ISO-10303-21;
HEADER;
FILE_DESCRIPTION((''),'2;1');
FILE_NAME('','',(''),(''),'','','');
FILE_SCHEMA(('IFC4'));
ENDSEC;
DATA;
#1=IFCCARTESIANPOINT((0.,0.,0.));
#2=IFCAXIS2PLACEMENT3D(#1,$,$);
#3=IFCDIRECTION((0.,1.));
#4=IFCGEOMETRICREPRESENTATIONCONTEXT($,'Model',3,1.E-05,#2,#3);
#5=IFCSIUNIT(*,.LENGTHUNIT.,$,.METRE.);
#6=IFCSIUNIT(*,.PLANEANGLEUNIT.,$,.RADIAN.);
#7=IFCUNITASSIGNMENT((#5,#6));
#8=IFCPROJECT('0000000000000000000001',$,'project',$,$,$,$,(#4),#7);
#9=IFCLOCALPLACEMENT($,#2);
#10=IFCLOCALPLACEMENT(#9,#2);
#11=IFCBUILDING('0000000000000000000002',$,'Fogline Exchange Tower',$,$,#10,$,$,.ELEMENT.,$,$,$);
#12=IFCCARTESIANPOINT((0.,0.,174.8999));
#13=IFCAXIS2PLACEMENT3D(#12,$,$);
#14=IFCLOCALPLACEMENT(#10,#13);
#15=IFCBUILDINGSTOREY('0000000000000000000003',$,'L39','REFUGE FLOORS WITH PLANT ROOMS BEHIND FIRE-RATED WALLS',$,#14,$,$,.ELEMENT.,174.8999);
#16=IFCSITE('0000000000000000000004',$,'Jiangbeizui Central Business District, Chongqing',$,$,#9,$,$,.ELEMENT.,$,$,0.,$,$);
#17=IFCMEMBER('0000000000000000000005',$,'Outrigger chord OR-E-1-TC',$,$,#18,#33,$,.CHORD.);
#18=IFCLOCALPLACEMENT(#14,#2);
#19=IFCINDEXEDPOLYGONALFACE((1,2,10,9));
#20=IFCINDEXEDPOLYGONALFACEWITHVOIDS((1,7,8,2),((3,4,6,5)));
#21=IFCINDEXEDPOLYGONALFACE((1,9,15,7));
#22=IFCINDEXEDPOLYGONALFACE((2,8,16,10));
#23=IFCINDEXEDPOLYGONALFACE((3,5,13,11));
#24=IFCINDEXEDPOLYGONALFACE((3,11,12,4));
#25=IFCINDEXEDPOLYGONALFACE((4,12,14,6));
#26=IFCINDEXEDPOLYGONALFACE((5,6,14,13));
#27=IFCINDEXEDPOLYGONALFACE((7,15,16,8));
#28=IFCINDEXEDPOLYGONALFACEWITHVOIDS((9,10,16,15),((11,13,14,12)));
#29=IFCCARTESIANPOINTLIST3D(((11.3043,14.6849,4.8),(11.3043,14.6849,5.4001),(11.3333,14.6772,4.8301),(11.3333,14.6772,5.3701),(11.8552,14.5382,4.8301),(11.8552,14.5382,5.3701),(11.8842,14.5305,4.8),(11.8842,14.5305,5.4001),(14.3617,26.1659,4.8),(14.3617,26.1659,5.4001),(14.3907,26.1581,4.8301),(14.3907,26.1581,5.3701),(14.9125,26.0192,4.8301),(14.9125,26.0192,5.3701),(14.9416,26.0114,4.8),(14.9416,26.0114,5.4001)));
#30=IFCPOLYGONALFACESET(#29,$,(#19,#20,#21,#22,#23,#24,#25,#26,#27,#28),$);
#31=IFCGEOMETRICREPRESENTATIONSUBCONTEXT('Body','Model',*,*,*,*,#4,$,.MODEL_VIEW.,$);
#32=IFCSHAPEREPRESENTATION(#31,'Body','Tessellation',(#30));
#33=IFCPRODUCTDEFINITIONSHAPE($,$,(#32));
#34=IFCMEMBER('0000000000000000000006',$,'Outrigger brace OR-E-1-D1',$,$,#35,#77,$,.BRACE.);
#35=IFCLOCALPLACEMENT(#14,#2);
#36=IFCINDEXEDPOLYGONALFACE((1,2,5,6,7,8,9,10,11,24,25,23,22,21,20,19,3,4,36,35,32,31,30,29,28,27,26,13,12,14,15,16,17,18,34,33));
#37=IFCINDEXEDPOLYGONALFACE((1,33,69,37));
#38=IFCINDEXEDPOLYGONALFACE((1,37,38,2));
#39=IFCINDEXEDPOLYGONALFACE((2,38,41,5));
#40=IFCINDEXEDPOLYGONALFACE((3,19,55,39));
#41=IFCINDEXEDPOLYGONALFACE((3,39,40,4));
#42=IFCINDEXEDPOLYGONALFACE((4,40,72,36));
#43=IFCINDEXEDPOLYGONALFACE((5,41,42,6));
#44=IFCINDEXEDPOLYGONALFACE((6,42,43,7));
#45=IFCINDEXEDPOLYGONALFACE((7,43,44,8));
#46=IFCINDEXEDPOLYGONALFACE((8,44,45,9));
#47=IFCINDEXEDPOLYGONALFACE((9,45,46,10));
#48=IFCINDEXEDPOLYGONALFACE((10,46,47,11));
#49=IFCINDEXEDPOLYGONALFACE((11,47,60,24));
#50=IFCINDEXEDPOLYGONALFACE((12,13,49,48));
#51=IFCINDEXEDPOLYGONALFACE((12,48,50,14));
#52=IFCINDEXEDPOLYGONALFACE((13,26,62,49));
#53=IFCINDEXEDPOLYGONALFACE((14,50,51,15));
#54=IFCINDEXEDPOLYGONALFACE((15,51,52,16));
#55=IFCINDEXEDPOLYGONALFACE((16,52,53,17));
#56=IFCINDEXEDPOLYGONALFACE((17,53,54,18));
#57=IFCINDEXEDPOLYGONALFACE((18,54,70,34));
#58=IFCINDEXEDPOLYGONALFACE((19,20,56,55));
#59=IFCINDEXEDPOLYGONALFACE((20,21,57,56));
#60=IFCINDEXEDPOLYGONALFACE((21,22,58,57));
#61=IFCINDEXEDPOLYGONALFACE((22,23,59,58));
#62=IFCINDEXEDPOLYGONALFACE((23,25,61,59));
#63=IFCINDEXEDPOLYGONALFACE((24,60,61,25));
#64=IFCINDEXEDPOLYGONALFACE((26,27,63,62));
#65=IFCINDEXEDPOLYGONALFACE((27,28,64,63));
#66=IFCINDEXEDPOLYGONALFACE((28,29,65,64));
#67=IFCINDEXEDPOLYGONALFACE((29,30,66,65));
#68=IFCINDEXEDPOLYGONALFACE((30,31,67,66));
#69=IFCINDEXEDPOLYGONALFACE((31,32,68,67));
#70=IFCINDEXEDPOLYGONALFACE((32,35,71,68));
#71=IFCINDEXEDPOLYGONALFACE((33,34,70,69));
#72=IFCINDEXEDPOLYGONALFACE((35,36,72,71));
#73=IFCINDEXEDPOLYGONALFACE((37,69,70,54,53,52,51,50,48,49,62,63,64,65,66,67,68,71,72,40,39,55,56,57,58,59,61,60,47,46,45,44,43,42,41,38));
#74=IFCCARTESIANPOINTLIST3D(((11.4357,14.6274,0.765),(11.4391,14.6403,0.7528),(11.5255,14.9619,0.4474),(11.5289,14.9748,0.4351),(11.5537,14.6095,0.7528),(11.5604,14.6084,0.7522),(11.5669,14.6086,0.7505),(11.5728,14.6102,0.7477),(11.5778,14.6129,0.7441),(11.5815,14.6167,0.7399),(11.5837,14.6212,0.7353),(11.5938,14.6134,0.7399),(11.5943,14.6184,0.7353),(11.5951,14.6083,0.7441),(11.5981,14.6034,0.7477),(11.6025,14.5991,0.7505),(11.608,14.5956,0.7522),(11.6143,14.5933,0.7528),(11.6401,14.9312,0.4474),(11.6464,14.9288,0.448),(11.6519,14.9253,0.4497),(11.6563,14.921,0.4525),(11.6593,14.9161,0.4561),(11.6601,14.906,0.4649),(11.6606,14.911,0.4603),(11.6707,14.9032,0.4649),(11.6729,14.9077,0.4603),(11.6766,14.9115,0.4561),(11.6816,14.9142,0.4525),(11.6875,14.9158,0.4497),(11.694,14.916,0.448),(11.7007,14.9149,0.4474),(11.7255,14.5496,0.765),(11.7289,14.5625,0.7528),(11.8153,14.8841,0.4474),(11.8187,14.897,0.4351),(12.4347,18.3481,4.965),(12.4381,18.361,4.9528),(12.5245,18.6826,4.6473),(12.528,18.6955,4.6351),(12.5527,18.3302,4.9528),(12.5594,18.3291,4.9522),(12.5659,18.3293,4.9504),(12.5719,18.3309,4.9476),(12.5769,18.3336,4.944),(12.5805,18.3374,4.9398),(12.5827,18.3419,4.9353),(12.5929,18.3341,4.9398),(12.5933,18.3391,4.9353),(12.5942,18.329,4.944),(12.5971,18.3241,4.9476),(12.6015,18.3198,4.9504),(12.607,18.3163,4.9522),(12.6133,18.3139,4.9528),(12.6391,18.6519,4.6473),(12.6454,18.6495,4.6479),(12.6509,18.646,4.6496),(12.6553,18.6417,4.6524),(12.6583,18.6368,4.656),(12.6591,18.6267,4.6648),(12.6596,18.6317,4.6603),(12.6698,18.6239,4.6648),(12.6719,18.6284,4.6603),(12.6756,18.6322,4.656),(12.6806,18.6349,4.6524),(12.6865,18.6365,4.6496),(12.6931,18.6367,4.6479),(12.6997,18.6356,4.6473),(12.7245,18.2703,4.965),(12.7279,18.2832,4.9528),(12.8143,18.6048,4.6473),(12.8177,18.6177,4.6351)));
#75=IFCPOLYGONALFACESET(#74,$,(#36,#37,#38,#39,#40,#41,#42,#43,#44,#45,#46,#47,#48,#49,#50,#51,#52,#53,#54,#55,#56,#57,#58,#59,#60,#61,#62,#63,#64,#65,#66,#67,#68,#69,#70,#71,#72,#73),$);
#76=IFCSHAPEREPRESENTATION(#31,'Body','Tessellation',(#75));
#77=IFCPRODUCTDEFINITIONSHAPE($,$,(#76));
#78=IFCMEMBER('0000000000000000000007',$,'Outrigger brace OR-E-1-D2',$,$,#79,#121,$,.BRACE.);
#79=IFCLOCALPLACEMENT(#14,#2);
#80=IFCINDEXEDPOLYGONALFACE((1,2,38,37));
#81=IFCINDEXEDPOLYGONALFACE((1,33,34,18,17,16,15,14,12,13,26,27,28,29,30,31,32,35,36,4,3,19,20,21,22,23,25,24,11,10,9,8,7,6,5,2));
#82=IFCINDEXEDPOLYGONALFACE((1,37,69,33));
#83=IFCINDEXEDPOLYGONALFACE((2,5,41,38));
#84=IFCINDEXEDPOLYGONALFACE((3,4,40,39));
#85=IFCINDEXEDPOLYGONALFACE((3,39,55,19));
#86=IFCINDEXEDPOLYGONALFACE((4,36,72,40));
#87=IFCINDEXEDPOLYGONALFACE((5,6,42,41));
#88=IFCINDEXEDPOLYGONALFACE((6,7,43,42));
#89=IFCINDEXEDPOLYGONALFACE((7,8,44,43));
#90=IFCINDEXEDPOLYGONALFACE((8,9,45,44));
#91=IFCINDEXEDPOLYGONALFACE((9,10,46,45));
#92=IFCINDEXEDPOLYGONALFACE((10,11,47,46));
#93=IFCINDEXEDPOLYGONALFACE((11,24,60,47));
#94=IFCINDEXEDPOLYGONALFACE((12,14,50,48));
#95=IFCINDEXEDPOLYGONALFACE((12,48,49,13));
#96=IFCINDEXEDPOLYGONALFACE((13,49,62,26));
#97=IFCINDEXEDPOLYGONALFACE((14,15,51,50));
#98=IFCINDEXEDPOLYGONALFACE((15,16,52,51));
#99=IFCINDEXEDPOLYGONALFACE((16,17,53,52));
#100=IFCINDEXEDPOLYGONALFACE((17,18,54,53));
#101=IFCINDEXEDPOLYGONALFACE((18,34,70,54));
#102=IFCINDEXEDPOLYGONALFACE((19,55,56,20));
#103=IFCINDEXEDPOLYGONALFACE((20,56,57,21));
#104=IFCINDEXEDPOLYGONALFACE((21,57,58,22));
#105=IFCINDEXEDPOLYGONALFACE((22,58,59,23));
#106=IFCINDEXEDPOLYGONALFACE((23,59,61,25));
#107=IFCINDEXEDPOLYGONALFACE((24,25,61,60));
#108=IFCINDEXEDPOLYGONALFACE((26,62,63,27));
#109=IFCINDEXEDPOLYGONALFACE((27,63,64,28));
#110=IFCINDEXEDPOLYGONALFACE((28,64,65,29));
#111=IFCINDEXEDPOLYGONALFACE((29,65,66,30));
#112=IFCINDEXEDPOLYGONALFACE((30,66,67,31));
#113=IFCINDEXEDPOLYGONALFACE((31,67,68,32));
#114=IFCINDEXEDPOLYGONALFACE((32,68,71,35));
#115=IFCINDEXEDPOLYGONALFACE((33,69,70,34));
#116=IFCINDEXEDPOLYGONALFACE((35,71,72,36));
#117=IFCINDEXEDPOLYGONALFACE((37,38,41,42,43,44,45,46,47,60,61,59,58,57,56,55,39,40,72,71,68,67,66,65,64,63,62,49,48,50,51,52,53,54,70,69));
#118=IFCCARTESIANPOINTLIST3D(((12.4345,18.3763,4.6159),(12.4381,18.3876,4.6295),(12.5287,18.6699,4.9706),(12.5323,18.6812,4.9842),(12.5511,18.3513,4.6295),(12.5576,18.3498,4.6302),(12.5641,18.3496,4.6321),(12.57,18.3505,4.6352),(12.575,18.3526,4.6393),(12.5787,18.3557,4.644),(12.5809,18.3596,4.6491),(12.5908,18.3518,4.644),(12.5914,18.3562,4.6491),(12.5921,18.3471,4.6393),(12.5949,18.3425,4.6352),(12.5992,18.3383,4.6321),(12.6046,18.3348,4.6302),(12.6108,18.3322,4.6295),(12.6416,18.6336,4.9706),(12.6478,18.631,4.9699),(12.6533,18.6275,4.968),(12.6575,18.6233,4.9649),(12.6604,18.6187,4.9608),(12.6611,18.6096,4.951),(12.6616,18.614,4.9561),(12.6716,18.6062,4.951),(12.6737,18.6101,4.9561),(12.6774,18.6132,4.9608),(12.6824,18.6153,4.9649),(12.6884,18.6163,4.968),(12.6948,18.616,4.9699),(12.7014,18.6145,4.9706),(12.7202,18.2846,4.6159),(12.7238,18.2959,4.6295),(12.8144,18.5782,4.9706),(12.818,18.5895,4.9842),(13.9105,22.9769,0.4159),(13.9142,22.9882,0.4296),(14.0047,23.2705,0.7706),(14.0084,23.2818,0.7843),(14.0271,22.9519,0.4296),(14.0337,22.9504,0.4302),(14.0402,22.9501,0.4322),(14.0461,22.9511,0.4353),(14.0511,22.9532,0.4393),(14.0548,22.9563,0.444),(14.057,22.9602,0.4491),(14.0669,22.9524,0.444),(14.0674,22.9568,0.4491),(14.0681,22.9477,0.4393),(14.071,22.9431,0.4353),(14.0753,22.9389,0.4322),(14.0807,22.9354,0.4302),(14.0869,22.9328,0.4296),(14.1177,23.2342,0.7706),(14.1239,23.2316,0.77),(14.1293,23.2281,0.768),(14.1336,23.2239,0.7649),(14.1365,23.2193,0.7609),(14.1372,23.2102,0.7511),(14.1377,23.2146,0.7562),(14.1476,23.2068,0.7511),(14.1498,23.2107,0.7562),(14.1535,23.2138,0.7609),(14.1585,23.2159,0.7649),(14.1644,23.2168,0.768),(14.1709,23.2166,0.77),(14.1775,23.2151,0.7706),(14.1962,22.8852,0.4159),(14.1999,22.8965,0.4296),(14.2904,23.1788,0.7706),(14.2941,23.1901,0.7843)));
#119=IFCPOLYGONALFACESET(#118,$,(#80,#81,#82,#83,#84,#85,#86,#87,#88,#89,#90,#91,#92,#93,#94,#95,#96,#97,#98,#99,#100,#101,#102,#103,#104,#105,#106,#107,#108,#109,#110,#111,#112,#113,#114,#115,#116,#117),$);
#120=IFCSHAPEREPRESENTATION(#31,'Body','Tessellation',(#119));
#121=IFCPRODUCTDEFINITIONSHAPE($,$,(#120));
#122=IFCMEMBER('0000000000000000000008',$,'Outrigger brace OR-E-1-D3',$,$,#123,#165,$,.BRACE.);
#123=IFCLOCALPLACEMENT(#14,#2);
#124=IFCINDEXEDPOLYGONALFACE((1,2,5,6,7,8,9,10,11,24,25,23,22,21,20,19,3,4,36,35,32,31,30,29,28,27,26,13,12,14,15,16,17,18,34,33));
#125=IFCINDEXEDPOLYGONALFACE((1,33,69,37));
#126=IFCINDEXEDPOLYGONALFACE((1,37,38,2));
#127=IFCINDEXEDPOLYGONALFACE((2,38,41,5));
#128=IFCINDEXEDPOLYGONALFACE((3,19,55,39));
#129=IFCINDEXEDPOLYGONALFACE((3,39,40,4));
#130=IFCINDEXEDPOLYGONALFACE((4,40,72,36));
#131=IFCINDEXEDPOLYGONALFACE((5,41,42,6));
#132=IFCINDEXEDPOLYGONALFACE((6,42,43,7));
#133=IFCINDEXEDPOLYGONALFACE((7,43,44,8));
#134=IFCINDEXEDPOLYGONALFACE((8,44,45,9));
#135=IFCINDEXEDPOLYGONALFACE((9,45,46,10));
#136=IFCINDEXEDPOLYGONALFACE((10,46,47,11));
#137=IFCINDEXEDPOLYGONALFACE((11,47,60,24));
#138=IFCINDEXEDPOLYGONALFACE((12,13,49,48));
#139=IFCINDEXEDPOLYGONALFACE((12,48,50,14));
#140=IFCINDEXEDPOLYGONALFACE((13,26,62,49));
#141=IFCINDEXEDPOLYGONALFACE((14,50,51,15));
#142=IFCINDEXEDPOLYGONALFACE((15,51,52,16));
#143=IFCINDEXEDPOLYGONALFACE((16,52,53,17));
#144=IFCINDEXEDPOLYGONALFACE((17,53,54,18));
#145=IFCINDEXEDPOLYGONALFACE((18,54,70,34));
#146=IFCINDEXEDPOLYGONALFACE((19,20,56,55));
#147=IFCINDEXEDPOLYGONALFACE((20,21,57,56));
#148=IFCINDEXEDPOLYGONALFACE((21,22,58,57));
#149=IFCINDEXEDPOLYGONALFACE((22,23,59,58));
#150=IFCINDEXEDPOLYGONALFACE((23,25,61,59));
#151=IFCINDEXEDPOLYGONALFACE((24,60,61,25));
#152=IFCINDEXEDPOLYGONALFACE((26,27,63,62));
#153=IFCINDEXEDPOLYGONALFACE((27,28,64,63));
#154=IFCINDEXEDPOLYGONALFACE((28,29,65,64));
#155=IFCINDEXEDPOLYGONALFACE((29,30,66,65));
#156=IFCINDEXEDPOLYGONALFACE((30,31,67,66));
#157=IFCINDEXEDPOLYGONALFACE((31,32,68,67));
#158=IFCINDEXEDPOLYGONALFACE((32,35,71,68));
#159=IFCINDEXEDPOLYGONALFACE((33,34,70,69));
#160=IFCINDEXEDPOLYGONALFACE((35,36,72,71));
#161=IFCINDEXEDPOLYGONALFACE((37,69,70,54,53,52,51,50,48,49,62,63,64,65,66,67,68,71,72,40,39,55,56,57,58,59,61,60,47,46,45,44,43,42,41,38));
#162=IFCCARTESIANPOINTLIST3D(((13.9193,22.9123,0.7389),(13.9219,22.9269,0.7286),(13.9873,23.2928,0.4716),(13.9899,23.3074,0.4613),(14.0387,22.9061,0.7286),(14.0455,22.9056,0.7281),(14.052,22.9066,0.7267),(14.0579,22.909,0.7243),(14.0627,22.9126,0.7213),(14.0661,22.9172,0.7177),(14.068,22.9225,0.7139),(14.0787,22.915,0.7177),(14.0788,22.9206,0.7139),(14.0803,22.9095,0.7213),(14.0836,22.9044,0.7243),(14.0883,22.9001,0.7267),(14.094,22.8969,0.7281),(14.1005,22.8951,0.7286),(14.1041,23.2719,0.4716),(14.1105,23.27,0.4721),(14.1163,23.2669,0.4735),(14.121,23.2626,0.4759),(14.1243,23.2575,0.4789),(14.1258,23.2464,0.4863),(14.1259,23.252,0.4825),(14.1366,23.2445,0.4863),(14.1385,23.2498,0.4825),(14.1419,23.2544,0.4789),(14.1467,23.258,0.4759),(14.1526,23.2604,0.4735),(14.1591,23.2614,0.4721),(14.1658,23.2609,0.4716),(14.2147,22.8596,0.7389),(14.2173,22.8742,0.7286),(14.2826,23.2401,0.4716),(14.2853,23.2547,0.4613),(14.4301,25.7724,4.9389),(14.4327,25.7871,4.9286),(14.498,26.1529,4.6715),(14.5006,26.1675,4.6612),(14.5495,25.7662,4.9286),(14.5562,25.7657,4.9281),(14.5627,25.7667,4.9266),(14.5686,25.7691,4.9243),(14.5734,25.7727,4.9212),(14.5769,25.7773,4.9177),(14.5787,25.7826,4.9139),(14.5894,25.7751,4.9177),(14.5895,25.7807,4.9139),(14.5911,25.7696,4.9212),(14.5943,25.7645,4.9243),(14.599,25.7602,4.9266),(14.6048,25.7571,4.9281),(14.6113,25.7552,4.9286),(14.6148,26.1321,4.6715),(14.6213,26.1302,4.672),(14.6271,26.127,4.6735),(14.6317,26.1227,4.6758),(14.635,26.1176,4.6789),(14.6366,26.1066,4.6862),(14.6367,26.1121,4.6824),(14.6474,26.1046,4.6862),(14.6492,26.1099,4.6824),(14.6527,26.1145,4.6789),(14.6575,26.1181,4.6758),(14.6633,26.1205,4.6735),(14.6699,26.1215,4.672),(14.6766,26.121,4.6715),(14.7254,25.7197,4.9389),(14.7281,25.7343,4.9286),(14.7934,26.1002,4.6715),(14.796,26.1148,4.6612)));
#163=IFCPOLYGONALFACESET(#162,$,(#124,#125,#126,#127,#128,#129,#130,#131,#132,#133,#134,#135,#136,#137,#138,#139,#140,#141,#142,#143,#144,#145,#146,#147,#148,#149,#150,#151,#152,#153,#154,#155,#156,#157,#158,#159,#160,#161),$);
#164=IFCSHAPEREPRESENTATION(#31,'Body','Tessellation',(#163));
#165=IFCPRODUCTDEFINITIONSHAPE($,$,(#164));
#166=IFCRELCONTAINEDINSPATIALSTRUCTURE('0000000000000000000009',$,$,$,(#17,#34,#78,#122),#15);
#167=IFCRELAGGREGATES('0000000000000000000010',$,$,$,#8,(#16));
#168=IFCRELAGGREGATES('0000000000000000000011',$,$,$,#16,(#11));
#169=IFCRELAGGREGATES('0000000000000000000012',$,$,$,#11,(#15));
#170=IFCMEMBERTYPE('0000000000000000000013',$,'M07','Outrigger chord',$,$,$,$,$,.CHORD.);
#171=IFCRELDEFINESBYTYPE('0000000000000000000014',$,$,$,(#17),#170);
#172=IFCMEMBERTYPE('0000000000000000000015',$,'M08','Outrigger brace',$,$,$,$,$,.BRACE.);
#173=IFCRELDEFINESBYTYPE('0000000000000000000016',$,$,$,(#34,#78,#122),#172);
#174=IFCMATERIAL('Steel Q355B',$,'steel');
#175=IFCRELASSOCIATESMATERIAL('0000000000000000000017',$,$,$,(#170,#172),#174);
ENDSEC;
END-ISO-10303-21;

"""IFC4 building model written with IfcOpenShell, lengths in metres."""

from ifc_helpers import new_model, si_unit, direction, frame, origin, origin_2d, place, context, subcontext, project, spatial, hollow_rectangle, i_section, extrude, material, material_profile, profile_set, type_object, element, save


model = new_model("IFC4")

# Units and contexts
model_context = context("Model", 3, precision=1e-05, world=origin(), true_north=direction((0.0, 1.0)))
body_context = subcontext(model_context, "Body", "Model", "MODEL_VIEW")
ifc_project = project(units=[si_unit("LENGTHUNIT", "METRE"), si_unit("PLANEANGLEUNIT", "RADIAN")], contexts=[model_context])

# Site, building, storey
site_placement = place(None, origin())
site = spatial("IfcSite", under=ifc_project, at=site_placement, Name="Jiangbeizui Central Business District, Chongqing", CompositionType="ELEMENT", RefElevation=0.0)
building_placement = place(site_placement, origin())
building = spatial("IfcBuilding", under=site, at=building_placement, Name="Fogline Exchange Tower", CompositionType="ELEMENT")
storey_placement = place(building_placement, frame((0.0, 0.0, 174.8999)))
storey = spatial("IfcBuildingStorey", under=building, at=storey_placement, Name="L39", Description="REFUGE FLOORS WITH PLANT ROOMS BEHIND FIRE-RATED WALLS", CompositionType="ELEMENT", Elevation=174.8999)

# Members
ifc_material_1 = material(Name="Steel Q355B", Category="steel")
ifc_material_profile_1 = material_profile(ifc_material_1, hollow_rectangle(XDim=0.6001, YDim=0.6001, WallThickness=0.03, at=origin_2d()), Name="BOX600X600X30")
ifc_profile_set_1 = profile_set([ifc_material_profile_1], Name="Steel Q355B")
member_type_1 = type_object("IfcMemberType", Name="M07", Description="Outrigger chord", PredefinedType="CHORD", material=ifc_profile_set_1)
member_1_placement = place(storey_placement, frame((11.5942, 14.6077, 5.1001), z_axis=(0.257331, 0.966323, 0.0), x_axis=(-0.966323, 0.257331, 0.0)))
element("IfcMember", 1, at=member_1_placement, inside=storey, type_object=member_type_1, Name="Outrigger chord OR-E-1-TC", PredefinedType="CHORD", context=body_context, shape_type="SweptSolid", body=[
    extrude(hollow_rectangle(XDim=0.6001, YDim=0.6001, WallThickness=0.03, at=origin_2d()), origin(), (0.0, 0.0, 1.0), 11.8811),
])
ifc_material_profile_2 = material_profile(ifc_material_1, i_section(OverallWidth=0.3, OverallDepth=0.488, WebThickness=0.011, FlangeThickness=0.0181, FilletRadius=0.0259, at=origin_2d()), Name="HM488X300X11X18")
ifc_profile_set_2 = profile_set([ifc_material_profile_2], Name="Steel Q355B")
member_type_2 = type_object("IfcMemberType", Name="M08", Description="Outrigger brace", PredefinedType="BRACE", material=ifc_profile_set_2)
member_2_placement = place(storey_placement, frame((11.6272, 14.7622, 0.6001), z_axis=(0.175291, 0.652843, 0.736933), x_axis=(-0.965792, 0.259319, 0.0)))
element("IfcMember", 2, at=member_2_placement, inside=storey, type_object=member_type_2, Name="Outrigger brace OR-E-1-D1", PredefinedType="BRACE", context=body_context, shape_type="SweptSolid", body=[
    extrude(i_section(OverallWidth=0.3, OverallDepth=0.488, WebThickness=0.011, FlangeThickness=0.0181, FilletRadius=0.0259, at=origin_2d()), origin(), (0.0, 0.0, 1.0), 5.6992),
])
member_3_placement = place(storey_placement, frame((12.6262, 18.4829, 4.8), z_axis=(0.23057, 0.718633, -0.656052), x_axis=(-0.95219, 0.305505, 0.0)))
element("IfcMember", 3, at=member_3_placement, inside=storey, type_object=member_type_2, Name="Outrigger brace OR-E-1-D2", PredefinedType="BRACE", context=body_context, shape_type="SweptSolid", body=[
    extrude(i_section(OverallWidth=0.3, OverallDepth=0.488, WebThickness=0.011, FlangeThickness=0.0181, FilletRadius=0.0259, at=origin_2d()), origin(), (0.0, 0.0, 1.0), 6.4019),
])
member_4_placement = place(storey_placement, frame((14.1023, 23.0835, 0.6001), z_axis=(0.10001, 0.560045, 0.822403), x_axis=(-0.984427, 0.175794, 0.0)))
element("IfcMember", 4, at=member_4_placement, inside=storey, type_object=member_type_2, Name="Outrigger brace OR-E-1-D3", PredefinedType="BRACE", context=body_context, shape_type="SweptSolid", body=[
    extrude(i_section(OverallWidth=0.3, OverallDepth=0.488, WebThickness=0.011, FlangeThickness=0.0181, FilletRadius=0.0259, at=origin_2d()), origin(), (0.0, 0.0, 1.0), 5.1069),
])

save(model, "model.ifc")
